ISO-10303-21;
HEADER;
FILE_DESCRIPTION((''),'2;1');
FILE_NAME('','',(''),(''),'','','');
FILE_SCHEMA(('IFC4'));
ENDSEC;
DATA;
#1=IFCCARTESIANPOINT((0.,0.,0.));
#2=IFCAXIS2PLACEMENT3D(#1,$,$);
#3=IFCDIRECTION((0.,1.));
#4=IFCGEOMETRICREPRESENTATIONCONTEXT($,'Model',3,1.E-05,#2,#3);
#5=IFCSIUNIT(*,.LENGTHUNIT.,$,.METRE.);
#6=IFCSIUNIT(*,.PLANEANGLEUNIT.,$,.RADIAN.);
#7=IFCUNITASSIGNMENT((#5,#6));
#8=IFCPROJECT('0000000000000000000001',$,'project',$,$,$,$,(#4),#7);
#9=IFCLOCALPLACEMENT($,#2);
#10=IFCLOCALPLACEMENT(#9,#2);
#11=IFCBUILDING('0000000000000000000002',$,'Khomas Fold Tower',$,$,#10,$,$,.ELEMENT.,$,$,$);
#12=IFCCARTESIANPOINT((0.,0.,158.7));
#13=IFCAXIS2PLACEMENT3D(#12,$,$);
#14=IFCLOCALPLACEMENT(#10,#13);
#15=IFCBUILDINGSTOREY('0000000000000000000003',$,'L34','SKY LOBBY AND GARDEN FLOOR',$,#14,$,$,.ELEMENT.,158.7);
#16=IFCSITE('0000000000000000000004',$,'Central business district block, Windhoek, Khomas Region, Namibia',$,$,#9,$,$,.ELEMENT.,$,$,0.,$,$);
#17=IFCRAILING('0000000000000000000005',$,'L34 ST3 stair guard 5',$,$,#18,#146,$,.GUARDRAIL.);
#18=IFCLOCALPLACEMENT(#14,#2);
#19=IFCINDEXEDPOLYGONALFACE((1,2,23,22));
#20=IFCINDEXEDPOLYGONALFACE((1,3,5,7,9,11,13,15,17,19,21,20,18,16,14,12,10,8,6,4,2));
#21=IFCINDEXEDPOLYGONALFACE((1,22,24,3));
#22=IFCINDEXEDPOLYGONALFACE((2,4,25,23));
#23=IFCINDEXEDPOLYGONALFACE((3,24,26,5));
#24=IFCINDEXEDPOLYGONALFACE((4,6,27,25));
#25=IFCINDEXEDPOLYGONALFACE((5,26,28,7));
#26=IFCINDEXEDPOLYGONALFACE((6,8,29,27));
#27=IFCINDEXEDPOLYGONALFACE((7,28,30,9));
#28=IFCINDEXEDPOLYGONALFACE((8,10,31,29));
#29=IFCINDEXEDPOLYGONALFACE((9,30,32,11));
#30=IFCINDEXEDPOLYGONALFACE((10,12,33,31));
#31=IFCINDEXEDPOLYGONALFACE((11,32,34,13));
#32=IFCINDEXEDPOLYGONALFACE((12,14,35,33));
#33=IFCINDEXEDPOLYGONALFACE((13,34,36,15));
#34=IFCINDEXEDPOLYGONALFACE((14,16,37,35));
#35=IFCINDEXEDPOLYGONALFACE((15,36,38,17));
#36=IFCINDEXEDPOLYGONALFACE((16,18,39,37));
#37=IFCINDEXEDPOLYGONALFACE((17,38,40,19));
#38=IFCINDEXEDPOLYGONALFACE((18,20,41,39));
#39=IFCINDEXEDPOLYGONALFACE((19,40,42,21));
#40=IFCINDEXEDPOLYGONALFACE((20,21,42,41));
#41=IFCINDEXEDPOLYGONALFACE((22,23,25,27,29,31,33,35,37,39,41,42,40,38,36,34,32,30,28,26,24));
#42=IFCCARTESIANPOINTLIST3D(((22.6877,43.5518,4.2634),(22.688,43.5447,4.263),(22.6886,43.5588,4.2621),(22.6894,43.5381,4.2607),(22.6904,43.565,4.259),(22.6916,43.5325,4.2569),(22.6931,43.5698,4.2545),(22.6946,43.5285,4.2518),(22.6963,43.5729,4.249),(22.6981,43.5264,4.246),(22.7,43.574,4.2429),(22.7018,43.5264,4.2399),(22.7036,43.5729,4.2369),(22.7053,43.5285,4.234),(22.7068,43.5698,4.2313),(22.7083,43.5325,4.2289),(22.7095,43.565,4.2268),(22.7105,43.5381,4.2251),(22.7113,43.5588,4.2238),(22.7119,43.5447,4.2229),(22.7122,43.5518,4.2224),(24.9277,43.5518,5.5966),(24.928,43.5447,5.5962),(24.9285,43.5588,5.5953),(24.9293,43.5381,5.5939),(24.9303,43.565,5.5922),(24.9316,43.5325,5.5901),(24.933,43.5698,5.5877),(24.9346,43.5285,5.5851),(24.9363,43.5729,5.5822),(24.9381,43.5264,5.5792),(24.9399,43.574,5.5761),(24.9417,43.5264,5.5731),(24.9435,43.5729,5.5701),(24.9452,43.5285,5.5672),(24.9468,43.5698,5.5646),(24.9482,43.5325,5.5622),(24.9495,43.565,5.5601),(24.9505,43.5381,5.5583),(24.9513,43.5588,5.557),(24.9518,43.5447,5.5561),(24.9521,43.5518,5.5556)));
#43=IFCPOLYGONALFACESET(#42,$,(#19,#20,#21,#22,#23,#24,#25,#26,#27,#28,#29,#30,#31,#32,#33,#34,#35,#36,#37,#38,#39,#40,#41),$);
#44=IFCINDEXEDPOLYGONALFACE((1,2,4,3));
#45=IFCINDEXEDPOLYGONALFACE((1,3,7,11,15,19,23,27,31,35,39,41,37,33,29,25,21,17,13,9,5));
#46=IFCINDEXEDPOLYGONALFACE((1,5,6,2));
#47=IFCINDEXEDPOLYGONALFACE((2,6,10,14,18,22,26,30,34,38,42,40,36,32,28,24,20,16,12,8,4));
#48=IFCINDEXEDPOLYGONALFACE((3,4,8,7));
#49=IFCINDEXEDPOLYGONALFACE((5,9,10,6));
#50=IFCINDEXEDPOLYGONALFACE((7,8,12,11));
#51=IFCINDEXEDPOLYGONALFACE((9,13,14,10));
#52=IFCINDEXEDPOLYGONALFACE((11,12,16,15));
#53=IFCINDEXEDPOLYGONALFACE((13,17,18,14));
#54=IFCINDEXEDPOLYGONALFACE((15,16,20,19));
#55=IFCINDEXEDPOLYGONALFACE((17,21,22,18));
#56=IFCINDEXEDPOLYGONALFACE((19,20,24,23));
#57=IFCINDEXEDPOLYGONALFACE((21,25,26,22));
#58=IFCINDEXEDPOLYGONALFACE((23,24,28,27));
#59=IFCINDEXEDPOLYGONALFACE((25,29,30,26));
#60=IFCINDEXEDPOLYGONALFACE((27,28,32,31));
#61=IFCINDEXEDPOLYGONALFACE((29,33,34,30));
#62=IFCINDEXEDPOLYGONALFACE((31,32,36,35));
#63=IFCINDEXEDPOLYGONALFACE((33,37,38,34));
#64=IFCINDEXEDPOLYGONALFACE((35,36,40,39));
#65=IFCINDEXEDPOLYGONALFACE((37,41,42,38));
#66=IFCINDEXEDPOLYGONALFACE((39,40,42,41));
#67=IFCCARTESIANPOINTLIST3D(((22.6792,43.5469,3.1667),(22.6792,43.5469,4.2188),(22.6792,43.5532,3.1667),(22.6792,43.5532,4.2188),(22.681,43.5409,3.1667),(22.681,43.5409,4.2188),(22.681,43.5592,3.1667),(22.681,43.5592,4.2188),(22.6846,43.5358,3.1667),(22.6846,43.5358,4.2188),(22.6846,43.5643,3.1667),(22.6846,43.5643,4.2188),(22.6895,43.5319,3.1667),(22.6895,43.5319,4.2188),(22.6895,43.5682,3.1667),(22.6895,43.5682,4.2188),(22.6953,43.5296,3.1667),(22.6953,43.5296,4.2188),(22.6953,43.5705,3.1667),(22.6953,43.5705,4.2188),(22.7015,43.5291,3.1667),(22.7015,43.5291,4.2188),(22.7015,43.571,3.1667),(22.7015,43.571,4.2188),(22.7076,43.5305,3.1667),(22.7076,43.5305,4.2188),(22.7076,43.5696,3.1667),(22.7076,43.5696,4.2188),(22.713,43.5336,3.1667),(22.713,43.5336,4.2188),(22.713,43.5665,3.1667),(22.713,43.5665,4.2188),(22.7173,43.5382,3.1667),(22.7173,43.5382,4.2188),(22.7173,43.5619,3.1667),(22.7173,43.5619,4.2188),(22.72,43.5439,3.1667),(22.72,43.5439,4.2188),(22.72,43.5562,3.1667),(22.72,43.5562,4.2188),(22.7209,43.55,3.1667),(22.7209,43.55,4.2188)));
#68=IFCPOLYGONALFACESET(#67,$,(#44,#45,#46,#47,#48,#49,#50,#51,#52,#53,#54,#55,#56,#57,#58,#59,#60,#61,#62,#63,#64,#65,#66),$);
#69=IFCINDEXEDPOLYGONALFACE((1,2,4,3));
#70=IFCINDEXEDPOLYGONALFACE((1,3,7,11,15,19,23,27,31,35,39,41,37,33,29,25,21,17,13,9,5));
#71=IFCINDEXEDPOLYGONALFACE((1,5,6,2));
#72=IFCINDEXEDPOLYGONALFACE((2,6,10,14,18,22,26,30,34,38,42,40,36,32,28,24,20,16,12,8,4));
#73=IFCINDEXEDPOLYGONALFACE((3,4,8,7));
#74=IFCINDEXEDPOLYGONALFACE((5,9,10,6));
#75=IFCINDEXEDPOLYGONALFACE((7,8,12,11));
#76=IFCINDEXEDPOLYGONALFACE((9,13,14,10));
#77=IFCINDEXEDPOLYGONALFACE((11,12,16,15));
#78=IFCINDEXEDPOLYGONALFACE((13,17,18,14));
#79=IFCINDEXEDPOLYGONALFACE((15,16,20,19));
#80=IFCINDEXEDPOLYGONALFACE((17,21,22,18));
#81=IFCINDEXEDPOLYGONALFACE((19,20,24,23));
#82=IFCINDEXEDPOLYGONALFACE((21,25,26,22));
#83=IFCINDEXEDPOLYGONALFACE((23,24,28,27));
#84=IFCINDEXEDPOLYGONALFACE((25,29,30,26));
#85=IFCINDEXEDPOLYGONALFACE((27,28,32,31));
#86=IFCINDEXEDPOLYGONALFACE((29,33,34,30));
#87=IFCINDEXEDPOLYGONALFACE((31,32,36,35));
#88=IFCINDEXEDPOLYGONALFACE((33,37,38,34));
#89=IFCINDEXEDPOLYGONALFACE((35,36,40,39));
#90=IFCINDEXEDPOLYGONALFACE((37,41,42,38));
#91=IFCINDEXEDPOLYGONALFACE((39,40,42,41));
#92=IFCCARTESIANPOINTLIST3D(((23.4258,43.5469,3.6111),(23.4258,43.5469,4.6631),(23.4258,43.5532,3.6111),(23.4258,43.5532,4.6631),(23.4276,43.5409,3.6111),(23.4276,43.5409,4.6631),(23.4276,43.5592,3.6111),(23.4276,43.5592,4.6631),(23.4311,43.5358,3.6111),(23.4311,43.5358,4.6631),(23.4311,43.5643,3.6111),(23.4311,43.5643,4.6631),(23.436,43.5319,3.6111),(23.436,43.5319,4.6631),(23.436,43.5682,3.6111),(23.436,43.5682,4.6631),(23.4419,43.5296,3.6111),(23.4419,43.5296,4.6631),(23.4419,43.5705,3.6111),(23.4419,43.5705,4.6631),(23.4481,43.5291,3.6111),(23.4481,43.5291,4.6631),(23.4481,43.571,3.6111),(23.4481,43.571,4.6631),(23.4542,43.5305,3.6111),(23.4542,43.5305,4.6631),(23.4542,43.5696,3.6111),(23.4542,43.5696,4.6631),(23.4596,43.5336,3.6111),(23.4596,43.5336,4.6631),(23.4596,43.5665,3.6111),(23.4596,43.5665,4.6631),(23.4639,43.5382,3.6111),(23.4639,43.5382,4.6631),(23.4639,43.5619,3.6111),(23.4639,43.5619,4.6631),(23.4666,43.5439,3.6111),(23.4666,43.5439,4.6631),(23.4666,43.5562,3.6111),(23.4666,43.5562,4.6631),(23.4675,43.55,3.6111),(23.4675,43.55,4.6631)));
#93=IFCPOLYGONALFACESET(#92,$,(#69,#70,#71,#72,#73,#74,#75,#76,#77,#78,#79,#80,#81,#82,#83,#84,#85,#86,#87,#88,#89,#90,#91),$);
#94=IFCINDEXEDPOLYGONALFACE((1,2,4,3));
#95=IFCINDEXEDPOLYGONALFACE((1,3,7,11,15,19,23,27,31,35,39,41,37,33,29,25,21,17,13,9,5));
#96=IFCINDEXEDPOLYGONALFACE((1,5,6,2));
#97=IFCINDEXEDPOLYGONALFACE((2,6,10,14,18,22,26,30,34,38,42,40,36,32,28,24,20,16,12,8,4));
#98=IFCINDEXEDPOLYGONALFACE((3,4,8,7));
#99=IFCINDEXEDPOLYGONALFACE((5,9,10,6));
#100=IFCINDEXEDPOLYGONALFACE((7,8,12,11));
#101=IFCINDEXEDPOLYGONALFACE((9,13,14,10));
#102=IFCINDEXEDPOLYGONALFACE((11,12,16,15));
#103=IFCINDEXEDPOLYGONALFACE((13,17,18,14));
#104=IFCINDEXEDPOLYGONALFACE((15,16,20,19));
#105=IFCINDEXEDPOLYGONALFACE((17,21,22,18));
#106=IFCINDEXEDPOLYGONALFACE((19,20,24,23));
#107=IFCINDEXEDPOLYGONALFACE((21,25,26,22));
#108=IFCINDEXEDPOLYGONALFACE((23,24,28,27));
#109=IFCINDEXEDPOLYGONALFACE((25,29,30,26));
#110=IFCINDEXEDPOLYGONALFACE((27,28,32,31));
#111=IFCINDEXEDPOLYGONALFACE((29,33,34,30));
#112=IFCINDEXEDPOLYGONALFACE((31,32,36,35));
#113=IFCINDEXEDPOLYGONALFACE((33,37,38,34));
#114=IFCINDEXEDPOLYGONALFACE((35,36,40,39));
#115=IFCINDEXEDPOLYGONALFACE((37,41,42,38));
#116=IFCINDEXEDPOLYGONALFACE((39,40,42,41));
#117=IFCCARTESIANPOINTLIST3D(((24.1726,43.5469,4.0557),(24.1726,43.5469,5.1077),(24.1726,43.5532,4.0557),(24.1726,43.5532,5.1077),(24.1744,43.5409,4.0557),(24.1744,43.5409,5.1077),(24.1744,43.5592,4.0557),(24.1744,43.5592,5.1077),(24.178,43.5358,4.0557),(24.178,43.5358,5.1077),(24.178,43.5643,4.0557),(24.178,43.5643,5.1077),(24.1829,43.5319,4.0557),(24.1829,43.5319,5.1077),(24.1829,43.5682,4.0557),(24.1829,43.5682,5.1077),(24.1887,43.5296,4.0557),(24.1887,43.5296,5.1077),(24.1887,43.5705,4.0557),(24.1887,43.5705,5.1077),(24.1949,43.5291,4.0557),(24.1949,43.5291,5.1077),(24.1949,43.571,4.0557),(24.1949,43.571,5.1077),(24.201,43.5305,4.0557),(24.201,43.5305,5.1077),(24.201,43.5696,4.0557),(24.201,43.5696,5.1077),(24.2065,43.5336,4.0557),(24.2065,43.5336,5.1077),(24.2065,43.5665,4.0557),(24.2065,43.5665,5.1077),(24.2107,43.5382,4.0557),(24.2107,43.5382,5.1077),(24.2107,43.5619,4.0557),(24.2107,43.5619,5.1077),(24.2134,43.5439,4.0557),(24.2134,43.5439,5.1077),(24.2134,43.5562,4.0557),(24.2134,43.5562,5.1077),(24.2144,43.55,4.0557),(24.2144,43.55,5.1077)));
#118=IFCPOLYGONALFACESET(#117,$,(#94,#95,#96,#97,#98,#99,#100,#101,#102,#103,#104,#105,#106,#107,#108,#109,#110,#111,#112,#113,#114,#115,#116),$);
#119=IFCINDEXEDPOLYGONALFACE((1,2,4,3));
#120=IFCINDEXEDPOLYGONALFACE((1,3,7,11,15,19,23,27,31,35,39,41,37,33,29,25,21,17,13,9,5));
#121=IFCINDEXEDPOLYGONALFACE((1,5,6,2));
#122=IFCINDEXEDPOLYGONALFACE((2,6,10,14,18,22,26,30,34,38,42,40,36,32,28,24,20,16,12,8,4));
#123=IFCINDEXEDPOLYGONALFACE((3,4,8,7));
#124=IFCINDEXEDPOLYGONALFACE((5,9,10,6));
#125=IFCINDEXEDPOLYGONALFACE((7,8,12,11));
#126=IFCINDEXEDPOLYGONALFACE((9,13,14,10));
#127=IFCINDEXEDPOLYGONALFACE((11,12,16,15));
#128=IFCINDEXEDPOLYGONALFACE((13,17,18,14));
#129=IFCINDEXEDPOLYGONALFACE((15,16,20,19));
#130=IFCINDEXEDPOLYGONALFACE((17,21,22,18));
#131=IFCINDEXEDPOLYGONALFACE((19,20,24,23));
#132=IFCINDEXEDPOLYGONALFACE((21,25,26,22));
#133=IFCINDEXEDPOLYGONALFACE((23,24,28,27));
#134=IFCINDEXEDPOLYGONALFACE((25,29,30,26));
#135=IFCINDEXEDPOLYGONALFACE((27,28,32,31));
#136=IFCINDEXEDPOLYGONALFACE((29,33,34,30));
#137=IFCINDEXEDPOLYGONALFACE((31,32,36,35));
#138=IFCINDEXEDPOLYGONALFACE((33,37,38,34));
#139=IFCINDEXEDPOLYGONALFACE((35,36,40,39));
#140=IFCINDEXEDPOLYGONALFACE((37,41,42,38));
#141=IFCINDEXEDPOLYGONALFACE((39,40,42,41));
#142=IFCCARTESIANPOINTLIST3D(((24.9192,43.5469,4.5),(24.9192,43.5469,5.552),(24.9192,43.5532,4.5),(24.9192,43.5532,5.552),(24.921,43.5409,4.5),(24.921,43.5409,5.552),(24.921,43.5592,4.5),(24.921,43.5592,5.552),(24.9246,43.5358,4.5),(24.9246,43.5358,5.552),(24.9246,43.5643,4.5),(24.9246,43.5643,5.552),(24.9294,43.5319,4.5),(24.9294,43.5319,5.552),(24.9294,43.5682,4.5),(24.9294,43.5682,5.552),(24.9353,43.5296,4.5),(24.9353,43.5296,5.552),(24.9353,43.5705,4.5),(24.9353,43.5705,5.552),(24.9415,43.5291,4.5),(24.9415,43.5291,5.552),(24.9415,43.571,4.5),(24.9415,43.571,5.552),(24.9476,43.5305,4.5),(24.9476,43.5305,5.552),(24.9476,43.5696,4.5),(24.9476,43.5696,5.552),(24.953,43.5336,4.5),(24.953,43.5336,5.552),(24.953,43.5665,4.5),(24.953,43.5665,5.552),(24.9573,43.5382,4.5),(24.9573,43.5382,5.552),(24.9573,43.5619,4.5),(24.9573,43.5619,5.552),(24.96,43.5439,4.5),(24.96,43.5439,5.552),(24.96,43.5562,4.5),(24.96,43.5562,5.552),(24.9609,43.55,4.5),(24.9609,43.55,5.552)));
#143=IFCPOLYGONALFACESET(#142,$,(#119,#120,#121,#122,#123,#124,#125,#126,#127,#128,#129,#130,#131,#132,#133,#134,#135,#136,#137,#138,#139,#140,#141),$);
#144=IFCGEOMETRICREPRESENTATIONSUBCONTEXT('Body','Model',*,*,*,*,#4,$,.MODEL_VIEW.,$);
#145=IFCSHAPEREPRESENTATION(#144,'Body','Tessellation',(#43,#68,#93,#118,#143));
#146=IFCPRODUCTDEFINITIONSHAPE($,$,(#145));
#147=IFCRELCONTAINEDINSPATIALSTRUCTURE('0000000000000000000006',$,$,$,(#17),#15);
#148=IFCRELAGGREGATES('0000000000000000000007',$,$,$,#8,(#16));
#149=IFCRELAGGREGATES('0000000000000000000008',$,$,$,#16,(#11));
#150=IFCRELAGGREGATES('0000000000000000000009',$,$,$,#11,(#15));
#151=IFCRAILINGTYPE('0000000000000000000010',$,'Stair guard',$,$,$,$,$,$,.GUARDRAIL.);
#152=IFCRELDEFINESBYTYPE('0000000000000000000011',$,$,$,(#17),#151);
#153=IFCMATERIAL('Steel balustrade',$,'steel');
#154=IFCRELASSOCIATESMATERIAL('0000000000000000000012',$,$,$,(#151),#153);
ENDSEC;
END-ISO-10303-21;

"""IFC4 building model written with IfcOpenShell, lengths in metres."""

from ifc_helpers import new_model, si_unit, direction, frame, origin, origin_2d, place, context, subcontext, project, spatial, circle, extrude, source, transform, mapped, material, type_object, element, save


model = new_model("IFC4")

# Units and contexts
model_context = context("Model", 3, precision=1e-05, world=origin(), true_north=direction((0.0, 1.0)))
body_context = subcontext(model_context, "Body", "Model", "MODEL_VIEW")
ifc_project = project(units=[si_unit("LENGTHUNIT", "METRE"), si_unit("PLANEANGLEUNIT", "RADIAN")], contexts=[model_context])

# Site, building, storey
site_placement = place(None, origin())
site = spatial("IfcSite", under=ifc_project, at=site_placement, Name="Central business district block, Windhoek, Khomas Region, Namibia", CompositionType="ELEMENT", RefElevation=0.0)
building_placement = place(site_placement, origin())
building = spatial("IfcBuilding", under=site, at=building_placement, Name="Khomas Fold Tower", CompositionType="ELEMENT")
storey_placement = place(building_placement, frame((0.0, 0.0, 158.7)))
storey = spatial("IfcBuildingStorey", under=building, at=storey_placement, Name="L34", Description="SKY LOBBY AND GARDEN FLOOR", CompositionType="ELEMENT", Elevation=158.7)

# Railing
ifc_material_1 = material(Name="Steel balustrade", Category="steel")
railing_type_1 = type_object("IfcRailingType", Name="Stair guard", PredefinedType="GUARDRAIL", material=ifc_material_1)
shared_shape_1 = source(origin(), body_context, "Body", "SweptSolid", [
    extrude(circle(Radius=0.0239, at=origin_2d()), frame((0.0, 0.0, 1.0762), z_axis=(0.859306, 0.0, 0.511462), x_axis=(0.0, 1.0, 0.0)), (0.0, 0.0, 1.0), 2.6067),
    extrude(circle(Radius=0.021, at=origin_2d()), origin(), (0.0, 0.0, 1.0), 1.052),
    extrude(circle(Radius=0.021, at=origin_2d()), frame((0.7466, 0.0, 0.4443)), (0.0, 0.0, 1.0), 1.052),
    extrude(circle(Radius=0.021, at=origin_2d()), frame((1.4934, 0.0, 0.8889)), (0.0, 0.0, 1.0), 1.052),
    extrude(circle(Radius=0.021, at=origin_2d()), frame((2.24, 0.0, 1.3333)), (0.0, 0.0, 1.0), 1.052),
])
for number, where, name in (
    (1, (22.7, 43.55, 3.1667), "L34 ST3 stair guard 5"),
):
    element("IfcRailing", number, at=place(storey_placement, frame(where)), inside=storey, type_object=railing_type_1, Name=name, PredefinedType="GUARDRAIL", context=body_context, shape_type="MappedRepresentation", body=[
        mapped(shared_shape_1, transform((0.0, 0.0, 0.0))),
    ])

save(model, "model.ifc")
